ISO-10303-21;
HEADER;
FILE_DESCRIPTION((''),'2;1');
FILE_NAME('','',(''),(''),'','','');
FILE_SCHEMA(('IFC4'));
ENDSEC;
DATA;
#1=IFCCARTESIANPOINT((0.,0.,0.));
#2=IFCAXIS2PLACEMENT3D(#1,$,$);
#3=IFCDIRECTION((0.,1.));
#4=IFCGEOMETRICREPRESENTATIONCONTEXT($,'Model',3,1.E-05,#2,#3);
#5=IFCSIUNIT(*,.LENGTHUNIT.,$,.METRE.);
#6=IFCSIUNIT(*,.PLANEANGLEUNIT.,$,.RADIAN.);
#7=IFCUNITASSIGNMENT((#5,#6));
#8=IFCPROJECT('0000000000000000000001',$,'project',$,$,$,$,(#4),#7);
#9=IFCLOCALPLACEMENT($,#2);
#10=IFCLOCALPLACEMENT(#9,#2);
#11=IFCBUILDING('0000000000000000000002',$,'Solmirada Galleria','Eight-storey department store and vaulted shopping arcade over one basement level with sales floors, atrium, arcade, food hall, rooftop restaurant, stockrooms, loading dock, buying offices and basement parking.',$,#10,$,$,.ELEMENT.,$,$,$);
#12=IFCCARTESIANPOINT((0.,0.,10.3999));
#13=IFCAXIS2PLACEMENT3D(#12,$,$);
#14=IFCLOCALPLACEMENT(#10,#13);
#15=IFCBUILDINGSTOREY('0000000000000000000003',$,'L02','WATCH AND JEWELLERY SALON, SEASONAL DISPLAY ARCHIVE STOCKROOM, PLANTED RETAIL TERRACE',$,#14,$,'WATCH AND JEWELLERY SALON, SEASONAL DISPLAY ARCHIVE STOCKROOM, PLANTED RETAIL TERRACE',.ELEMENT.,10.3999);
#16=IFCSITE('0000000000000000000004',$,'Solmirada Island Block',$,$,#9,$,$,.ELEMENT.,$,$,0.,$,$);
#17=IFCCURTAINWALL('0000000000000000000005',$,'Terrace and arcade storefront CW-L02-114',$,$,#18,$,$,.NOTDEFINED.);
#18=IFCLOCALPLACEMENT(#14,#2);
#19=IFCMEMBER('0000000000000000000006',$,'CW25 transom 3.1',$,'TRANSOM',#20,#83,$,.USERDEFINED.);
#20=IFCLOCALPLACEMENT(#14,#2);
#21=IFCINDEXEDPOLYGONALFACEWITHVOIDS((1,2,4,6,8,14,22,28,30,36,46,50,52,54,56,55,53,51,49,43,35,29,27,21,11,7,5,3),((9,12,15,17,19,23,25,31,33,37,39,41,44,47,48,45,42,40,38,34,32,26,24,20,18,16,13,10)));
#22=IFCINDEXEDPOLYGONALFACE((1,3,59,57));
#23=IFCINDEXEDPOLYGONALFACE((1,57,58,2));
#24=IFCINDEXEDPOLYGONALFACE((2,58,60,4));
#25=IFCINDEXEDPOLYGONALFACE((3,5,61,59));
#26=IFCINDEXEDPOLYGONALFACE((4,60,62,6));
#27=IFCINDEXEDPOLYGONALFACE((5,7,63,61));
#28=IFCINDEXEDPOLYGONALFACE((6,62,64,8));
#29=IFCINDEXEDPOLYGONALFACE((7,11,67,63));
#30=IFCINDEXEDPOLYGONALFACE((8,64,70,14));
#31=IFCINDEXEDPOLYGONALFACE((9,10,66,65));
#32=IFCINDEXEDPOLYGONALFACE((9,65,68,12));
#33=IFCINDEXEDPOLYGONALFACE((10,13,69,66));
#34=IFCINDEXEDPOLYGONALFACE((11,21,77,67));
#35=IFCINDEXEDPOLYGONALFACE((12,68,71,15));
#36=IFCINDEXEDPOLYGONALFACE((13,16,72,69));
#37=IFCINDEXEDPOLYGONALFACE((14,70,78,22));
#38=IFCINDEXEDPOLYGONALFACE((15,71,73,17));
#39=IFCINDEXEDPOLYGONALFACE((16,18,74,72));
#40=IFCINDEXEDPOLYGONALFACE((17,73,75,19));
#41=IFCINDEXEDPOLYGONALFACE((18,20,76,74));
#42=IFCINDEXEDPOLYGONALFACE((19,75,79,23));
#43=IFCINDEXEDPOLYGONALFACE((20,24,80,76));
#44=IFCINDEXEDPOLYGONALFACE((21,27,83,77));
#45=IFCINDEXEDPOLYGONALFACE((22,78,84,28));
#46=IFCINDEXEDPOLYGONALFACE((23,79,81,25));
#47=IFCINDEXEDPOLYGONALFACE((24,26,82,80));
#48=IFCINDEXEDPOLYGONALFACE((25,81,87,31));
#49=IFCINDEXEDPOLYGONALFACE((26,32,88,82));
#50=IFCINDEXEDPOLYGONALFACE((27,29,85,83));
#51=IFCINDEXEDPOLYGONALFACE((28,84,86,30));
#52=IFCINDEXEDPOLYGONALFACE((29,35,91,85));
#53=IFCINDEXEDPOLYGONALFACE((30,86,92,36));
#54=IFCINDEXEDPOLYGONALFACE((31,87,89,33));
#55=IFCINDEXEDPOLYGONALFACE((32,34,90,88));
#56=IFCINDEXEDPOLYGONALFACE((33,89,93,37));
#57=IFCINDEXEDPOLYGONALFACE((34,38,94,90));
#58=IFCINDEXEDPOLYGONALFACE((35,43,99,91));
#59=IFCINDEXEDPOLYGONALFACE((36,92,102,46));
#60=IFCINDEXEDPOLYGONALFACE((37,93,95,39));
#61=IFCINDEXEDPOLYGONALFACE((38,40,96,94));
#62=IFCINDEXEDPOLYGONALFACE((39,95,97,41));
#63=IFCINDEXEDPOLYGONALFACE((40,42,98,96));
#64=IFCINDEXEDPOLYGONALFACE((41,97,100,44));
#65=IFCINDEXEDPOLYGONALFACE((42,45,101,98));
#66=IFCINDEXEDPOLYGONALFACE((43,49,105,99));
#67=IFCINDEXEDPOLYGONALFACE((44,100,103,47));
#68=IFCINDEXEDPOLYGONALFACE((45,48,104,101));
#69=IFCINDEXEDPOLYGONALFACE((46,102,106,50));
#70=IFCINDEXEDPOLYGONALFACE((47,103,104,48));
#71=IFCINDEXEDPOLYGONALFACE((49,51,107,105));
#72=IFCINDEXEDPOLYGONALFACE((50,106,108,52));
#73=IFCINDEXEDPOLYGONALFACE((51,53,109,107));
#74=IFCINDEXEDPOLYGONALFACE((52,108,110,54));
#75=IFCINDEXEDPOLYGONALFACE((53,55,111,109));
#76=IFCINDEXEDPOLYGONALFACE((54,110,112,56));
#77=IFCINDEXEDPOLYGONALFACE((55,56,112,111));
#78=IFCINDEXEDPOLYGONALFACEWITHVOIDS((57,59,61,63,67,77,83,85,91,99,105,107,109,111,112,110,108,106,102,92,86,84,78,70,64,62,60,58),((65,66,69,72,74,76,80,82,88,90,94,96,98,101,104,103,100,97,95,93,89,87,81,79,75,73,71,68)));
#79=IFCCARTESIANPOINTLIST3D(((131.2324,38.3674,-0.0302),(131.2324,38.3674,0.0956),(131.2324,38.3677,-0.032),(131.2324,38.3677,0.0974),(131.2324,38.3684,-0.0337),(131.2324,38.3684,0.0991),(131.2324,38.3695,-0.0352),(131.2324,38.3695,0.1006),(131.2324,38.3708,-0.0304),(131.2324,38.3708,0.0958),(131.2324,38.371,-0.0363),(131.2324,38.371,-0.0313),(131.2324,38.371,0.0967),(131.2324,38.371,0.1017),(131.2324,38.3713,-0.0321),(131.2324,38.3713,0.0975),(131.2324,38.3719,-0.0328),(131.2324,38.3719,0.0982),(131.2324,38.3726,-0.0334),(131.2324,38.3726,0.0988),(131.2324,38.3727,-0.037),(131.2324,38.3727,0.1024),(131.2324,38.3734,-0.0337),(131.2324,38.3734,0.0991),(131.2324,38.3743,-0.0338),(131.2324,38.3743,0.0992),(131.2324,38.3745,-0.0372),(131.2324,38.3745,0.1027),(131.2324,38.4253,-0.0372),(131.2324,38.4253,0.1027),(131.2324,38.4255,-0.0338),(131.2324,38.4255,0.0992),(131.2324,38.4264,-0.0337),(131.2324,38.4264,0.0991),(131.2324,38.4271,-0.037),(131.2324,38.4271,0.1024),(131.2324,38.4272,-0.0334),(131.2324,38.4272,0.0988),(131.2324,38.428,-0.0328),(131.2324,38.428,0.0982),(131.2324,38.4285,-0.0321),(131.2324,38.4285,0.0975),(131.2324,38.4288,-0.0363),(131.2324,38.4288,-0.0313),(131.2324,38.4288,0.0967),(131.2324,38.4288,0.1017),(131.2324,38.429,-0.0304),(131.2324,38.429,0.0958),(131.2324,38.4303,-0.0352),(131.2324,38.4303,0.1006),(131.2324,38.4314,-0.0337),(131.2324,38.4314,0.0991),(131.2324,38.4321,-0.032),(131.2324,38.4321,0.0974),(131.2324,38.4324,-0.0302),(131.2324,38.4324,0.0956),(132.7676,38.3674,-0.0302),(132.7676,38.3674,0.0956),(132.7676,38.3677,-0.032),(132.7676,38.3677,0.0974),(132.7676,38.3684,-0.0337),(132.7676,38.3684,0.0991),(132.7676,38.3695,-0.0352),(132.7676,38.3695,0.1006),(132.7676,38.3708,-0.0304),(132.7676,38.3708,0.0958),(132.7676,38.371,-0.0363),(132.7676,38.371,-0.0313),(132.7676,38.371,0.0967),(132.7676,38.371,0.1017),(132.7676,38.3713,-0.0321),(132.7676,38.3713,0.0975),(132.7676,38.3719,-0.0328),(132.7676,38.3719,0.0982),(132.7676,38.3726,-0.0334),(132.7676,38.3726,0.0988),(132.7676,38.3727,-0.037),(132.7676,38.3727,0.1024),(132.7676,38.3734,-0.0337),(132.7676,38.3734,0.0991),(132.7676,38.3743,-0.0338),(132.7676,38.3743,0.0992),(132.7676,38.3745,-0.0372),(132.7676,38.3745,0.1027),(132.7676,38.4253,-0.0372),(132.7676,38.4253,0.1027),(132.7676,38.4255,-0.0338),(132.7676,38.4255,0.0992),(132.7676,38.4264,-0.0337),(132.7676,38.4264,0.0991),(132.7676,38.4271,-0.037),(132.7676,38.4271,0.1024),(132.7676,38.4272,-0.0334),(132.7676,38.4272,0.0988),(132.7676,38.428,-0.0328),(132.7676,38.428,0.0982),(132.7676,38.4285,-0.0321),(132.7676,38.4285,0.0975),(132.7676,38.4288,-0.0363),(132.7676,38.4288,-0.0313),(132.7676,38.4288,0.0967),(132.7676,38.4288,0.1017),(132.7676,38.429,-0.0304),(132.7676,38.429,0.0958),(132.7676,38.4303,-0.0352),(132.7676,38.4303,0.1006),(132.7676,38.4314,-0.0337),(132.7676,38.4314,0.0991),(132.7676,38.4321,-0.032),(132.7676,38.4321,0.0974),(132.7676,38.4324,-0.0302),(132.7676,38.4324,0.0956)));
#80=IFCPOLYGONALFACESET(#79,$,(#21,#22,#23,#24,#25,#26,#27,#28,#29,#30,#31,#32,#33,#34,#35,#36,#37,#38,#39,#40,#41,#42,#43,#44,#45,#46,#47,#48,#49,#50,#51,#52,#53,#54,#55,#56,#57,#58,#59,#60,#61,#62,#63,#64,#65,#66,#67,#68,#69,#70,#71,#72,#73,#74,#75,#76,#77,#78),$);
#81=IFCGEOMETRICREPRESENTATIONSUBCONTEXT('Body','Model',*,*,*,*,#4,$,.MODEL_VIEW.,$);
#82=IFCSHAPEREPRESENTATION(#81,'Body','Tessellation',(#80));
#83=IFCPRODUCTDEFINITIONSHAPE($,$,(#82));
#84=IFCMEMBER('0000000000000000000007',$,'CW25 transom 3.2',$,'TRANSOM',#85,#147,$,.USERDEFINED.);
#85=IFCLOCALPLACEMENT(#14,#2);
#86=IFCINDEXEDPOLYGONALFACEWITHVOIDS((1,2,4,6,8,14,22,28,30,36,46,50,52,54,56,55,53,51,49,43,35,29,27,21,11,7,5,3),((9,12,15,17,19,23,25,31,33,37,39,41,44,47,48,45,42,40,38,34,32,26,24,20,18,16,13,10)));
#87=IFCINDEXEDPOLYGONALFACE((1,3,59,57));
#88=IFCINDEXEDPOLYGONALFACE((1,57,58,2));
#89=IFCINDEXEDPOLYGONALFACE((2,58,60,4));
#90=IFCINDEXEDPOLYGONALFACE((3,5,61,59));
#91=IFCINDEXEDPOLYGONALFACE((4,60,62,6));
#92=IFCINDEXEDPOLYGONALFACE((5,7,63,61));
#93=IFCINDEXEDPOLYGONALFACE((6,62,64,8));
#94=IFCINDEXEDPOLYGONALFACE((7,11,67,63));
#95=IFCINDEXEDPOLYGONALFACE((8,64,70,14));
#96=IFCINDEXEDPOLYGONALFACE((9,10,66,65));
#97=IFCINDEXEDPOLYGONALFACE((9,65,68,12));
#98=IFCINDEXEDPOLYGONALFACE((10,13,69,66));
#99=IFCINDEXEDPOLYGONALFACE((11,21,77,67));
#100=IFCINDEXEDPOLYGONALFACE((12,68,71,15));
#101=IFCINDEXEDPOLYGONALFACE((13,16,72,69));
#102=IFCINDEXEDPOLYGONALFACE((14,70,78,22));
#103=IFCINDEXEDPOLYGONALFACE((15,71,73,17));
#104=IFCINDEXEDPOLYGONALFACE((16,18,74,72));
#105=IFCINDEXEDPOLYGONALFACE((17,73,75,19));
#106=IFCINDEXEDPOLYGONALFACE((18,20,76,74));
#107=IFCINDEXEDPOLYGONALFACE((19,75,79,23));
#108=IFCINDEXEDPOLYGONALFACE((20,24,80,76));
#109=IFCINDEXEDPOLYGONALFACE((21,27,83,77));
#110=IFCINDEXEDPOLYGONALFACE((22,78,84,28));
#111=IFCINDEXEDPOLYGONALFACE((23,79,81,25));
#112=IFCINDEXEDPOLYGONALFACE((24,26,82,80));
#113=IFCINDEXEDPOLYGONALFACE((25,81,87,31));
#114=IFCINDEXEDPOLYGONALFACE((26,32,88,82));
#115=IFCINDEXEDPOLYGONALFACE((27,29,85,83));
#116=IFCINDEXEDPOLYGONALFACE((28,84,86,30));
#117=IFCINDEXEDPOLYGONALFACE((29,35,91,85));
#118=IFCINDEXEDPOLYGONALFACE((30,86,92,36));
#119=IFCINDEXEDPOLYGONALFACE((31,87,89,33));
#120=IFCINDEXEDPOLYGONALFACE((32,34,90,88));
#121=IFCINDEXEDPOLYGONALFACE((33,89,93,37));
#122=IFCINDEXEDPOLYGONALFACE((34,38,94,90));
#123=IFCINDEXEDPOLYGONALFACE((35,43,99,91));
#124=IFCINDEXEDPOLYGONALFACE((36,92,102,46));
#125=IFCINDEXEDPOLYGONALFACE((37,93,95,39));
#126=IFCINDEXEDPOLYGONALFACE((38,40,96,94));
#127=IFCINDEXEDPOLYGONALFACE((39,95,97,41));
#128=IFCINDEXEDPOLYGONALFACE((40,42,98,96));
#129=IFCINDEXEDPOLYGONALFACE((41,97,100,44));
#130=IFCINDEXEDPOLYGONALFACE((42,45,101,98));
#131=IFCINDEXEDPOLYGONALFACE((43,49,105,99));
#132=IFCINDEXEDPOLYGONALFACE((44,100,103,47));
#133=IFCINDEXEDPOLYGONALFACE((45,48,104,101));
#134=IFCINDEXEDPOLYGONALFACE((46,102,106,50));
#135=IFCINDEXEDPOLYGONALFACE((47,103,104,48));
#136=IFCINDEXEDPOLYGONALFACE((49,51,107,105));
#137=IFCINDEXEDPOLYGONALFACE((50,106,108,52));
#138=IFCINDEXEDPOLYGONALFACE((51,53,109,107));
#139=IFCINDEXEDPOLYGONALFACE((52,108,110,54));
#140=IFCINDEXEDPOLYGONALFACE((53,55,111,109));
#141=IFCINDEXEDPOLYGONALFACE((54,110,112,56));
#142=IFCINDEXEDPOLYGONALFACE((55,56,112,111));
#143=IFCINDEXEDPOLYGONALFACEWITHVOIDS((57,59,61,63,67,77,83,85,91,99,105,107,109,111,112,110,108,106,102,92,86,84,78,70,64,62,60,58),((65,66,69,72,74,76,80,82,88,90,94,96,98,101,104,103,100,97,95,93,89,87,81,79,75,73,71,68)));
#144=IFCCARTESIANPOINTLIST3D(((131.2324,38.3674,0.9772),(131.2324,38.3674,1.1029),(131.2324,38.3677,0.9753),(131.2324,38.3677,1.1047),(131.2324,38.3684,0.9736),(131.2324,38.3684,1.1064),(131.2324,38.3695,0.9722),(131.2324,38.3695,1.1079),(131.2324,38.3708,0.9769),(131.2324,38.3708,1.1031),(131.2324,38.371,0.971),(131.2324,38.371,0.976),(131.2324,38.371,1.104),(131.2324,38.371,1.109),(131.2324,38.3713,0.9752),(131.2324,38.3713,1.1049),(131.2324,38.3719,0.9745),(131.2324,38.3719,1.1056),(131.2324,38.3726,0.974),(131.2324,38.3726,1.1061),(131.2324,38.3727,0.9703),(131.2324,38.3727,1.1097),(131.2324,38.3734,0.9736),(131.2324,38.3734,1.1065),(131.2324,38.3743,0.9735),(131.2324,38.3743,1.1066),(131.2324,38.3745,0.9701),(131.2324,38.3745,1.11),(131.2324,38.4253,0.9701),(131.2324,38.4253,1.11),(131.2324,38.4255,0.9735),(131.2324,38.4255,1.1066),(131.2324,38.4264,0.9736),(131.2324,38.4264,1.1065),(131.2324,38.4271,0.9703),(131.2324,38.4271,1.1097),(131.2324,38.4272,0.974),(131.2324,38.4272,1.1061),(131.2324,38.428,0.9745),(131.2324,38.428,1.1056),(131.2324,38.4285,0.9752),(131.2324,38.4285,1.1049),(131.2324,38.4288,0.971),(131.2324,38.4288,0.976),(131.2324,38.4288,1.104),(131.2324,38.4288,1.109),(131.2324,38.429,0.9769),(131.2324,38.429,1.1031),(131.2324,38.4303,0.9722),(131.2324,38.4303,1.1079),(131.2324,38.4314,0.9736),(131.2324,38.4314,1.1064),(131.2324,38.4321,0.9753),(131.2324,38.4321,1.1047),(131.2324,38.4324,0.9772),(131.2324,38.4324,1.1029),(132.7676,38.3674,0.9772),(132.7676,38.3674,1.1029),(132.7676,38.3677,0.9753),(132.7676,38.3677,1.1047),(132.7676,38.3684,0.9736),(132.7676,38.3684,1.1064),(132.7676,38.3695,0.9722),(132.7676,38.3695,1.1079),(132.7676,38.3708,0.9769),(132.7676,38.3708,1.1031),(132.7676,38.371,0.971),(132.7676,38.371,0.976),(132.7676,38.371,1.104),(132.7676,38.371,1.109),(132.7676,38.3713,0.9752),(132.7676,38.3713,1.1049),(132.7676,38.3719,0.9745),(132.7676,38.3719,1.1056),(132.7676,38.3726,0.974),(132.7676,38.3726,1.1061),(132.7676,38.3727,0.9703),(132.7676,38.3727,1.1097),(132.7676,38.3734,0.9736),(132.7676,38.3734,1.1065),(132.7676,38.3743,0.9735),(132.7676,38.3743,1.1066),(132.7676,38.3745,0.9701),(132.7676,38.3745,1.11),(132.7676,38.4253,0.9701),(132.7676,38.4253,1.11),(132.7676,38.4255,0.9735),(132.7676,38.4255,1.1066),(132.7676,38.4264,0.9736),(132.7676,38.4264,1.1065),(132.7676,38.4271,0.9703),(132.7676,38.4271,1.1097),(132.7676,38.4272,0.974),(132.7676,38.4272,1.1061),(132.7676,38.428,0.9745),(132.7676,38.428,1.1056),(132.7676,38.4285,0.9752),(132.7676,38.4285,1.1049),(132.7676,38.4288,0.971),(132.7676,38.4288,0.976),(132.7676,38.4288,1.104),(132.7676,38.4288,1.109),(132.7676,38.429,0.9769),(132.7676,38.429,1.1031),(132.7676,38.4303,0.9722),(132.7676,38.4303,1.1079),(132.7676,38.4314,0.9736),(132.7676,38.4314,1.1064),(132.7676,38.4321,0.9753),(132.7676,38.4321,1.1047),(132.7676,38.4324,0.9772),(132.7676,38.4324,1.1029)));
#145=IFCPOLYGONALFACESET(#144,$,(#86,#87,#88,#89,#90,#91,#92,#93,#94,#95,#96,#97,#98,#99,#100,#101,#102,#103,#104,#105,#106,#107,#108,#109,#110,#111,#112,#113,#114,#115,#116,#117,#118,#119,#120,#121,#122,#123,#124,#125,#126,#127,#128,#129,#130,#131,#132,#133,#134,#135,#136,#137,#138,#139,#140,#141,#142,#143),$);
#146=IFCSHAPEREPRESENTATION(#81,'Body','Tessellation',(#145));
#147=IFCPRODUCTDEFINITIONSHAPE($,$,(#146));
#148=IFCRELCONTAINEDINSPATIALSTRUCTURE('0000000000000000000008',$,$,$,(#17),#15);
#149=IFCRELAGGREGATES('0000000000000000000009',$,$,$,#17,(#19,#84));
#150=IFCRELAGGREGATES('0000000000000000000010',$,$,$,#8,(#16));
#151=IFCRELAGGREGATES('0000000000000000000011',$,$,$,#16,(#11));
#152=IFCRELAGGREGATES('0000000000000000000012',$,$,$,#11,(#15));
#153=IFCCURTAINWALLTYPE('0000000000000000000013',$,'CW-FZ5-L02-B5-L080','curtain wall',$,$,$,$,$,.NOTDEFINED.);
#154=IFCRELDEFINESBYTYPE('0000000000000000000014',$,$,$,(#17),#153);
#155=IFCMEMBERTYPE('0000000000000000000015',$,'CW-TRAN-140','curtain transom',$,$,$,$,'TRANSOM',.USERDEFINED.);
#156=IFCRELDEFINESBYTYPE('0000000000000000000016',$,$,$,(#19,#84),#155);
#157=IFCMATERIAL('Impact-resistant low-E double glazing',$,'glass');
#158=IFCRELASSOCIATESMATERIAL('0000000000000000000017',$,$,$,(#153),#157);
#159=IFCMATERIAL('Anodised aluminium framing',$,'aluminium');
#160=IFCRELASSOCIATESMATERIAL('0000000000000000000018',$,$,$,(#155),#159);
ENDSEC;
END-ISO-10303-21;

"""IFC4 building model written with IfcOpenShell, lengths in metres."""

from ifc_helpers import new_model, si_unit, direction, frame, origin, origin_2d, place, context, subcontext, project, spatial, hollow_rectangle, extrude, material, material_profile, profile_set, type_object, element, aggregate, save


model = new_model("IFC4")

# Units and contexts
model_context = context("Model", 3, precision=1e-05, world=origin(), true_north=direction((0.0, 1.0)))
body_context = subcontext(model_context, "Body", "Model", "MODEL_VIEW")
ifc_project = project(units=[si_unit("LENGTHUNIT", "METRE"), si_unit("PLANEANGLEUNIT", "RADIAN")], contexts=[model_context])

# Site, building, storey
site_placement = place(None, origin())
site = spatial("IfcSite", under=ifc_project, at=site_placement, Name="Solmirada Island Block", CompositionType="ELEMENT", RefElevation=0.0)
building_placement = place(site_placement, origin())
building = spatial("IfcBuilding", under=site, at=building_placement, Name="Solmirada Galleria", Description="Eight-storey department store and vaulted shopping arcade over one basement level with sales floors, atrium, arcade, food hall, rooftop restaurant, stockrooms, loading dock, buying offices and basement parking.", CompositionType="ELEMENT")
storey_placement = place(building_placement, frame((0.0, 0.0, 10.3999)))
storey = spatial("IfcBuildingStorey", under=building, at=storey_placement, Name="L02", Description="WATCH AND JEWELLERY SALON, SEASONAL DISPLAY ARCHIVE STOCKROOM, PLANTED RETAIL TERRACE", LongName="WATCH AND JEWELLERY SALON, SEASONAL DISPLAY ARCHIVE STOCKROOM, PLANTED RETAIL TERRACE", CompositionType="ELEMENT", Elevation=10.3999)

# Shared definitions
ifc_material_1 = material(Name="Impact-resistant low-E double glazing", Category="glass")
curtain_wall_type = type_object("IfcCurtainWallType", Name="CW-FZ5-L02-B5-L080", Description="curtain wall", PredefinedType="NOTDEFINED", material=ifc_material_1)
ifc_material_2 = material(Name="Anodised aluminium framing", Category="aluminium")

# Curtain wall
curtain_wall_1_placement = place(storey_placement, origin())
curtain_wall_1 = element("IfcCurtainWall", 1, at=curtain_wall_1_placement, inside=storey, type_object=curtain_wall_type, Name="Terrace and arcade storefront CW-L02-114", PredefinedType="NOTDEFINED")

# Members
ifc_material_profile_1 = material_profile(ifc_material_2, hollow_rectangle(XDim=0.0649, YDim=0.1399, WallThickness=0.0034, InnerFilletRadius=0.0034, OuterFilletRadius=0.0071, at=origin_2d()), Name="ALU-TRAN-140X65")
ifc_profile_set_1 = profile_set([ifc_material_profile_1], Name="Anodised aluminium framing")
member_type_1 = type_object("IfcMemberType", Name="CW-TRAN-140", Description="curtain transom", ElementType="TRANSOM", PredefinedType="USERDEFINED", material=ifc_profile_set_1)
member_1_placement = place(storey_placement, frame((131.2324, 38.3999, 0.0327), z_axis=(1.0, 0.0, 0.0), x_axis=(0.0, 1.0, 0.0)))
member_1 = element("IfcMember", 2, at=member_1_placement, type_object=member_type_1, Name="CW25 transom 3.1", ObjectType="TRANSOM", PredefinedType="USERDEFINED", context=body_context, shape_type="SweptSolid", body=[
    extrude(hollow_rectangle(XDim=0.0649, YDim=0.1399, WallThickness=0.0034, InnerFilletRadius=0.0034, OuterFilletRadius=0.0071, at=origin_2d()), origin(), (0.0, 0.0, 1.0), 1.5352),
])
member_2_placement = place(storey_placement, frame((131.2324, 38.3999, 1.04), z_axis=(1.0, 0.0, 0.0), x_axis=(0.0, 1.0, 0.0)))
member_2 = element("IfcMember", 3, at=member_2_placement, type_object=member_type_1, Name="CW25 transom 3.2", ObjectType="TRANSOM", PredefinedType="USERDEFINED", context=body_context, shape_type="SweptSolid", body=[
    extrude(hollow_rectangle(XDim=0.0649, YDim=0.1399, WallThickness=0.0034, InnerFilletRadius=0.0034, OuterFilletRadius=0.0071, at=origin_2d()), origin(), (0.0, 0.0, 1.0), 1.5352),
])

aggregate(curtain_wall_1, [member_1, member_2])

save(model, "model.ifc")
